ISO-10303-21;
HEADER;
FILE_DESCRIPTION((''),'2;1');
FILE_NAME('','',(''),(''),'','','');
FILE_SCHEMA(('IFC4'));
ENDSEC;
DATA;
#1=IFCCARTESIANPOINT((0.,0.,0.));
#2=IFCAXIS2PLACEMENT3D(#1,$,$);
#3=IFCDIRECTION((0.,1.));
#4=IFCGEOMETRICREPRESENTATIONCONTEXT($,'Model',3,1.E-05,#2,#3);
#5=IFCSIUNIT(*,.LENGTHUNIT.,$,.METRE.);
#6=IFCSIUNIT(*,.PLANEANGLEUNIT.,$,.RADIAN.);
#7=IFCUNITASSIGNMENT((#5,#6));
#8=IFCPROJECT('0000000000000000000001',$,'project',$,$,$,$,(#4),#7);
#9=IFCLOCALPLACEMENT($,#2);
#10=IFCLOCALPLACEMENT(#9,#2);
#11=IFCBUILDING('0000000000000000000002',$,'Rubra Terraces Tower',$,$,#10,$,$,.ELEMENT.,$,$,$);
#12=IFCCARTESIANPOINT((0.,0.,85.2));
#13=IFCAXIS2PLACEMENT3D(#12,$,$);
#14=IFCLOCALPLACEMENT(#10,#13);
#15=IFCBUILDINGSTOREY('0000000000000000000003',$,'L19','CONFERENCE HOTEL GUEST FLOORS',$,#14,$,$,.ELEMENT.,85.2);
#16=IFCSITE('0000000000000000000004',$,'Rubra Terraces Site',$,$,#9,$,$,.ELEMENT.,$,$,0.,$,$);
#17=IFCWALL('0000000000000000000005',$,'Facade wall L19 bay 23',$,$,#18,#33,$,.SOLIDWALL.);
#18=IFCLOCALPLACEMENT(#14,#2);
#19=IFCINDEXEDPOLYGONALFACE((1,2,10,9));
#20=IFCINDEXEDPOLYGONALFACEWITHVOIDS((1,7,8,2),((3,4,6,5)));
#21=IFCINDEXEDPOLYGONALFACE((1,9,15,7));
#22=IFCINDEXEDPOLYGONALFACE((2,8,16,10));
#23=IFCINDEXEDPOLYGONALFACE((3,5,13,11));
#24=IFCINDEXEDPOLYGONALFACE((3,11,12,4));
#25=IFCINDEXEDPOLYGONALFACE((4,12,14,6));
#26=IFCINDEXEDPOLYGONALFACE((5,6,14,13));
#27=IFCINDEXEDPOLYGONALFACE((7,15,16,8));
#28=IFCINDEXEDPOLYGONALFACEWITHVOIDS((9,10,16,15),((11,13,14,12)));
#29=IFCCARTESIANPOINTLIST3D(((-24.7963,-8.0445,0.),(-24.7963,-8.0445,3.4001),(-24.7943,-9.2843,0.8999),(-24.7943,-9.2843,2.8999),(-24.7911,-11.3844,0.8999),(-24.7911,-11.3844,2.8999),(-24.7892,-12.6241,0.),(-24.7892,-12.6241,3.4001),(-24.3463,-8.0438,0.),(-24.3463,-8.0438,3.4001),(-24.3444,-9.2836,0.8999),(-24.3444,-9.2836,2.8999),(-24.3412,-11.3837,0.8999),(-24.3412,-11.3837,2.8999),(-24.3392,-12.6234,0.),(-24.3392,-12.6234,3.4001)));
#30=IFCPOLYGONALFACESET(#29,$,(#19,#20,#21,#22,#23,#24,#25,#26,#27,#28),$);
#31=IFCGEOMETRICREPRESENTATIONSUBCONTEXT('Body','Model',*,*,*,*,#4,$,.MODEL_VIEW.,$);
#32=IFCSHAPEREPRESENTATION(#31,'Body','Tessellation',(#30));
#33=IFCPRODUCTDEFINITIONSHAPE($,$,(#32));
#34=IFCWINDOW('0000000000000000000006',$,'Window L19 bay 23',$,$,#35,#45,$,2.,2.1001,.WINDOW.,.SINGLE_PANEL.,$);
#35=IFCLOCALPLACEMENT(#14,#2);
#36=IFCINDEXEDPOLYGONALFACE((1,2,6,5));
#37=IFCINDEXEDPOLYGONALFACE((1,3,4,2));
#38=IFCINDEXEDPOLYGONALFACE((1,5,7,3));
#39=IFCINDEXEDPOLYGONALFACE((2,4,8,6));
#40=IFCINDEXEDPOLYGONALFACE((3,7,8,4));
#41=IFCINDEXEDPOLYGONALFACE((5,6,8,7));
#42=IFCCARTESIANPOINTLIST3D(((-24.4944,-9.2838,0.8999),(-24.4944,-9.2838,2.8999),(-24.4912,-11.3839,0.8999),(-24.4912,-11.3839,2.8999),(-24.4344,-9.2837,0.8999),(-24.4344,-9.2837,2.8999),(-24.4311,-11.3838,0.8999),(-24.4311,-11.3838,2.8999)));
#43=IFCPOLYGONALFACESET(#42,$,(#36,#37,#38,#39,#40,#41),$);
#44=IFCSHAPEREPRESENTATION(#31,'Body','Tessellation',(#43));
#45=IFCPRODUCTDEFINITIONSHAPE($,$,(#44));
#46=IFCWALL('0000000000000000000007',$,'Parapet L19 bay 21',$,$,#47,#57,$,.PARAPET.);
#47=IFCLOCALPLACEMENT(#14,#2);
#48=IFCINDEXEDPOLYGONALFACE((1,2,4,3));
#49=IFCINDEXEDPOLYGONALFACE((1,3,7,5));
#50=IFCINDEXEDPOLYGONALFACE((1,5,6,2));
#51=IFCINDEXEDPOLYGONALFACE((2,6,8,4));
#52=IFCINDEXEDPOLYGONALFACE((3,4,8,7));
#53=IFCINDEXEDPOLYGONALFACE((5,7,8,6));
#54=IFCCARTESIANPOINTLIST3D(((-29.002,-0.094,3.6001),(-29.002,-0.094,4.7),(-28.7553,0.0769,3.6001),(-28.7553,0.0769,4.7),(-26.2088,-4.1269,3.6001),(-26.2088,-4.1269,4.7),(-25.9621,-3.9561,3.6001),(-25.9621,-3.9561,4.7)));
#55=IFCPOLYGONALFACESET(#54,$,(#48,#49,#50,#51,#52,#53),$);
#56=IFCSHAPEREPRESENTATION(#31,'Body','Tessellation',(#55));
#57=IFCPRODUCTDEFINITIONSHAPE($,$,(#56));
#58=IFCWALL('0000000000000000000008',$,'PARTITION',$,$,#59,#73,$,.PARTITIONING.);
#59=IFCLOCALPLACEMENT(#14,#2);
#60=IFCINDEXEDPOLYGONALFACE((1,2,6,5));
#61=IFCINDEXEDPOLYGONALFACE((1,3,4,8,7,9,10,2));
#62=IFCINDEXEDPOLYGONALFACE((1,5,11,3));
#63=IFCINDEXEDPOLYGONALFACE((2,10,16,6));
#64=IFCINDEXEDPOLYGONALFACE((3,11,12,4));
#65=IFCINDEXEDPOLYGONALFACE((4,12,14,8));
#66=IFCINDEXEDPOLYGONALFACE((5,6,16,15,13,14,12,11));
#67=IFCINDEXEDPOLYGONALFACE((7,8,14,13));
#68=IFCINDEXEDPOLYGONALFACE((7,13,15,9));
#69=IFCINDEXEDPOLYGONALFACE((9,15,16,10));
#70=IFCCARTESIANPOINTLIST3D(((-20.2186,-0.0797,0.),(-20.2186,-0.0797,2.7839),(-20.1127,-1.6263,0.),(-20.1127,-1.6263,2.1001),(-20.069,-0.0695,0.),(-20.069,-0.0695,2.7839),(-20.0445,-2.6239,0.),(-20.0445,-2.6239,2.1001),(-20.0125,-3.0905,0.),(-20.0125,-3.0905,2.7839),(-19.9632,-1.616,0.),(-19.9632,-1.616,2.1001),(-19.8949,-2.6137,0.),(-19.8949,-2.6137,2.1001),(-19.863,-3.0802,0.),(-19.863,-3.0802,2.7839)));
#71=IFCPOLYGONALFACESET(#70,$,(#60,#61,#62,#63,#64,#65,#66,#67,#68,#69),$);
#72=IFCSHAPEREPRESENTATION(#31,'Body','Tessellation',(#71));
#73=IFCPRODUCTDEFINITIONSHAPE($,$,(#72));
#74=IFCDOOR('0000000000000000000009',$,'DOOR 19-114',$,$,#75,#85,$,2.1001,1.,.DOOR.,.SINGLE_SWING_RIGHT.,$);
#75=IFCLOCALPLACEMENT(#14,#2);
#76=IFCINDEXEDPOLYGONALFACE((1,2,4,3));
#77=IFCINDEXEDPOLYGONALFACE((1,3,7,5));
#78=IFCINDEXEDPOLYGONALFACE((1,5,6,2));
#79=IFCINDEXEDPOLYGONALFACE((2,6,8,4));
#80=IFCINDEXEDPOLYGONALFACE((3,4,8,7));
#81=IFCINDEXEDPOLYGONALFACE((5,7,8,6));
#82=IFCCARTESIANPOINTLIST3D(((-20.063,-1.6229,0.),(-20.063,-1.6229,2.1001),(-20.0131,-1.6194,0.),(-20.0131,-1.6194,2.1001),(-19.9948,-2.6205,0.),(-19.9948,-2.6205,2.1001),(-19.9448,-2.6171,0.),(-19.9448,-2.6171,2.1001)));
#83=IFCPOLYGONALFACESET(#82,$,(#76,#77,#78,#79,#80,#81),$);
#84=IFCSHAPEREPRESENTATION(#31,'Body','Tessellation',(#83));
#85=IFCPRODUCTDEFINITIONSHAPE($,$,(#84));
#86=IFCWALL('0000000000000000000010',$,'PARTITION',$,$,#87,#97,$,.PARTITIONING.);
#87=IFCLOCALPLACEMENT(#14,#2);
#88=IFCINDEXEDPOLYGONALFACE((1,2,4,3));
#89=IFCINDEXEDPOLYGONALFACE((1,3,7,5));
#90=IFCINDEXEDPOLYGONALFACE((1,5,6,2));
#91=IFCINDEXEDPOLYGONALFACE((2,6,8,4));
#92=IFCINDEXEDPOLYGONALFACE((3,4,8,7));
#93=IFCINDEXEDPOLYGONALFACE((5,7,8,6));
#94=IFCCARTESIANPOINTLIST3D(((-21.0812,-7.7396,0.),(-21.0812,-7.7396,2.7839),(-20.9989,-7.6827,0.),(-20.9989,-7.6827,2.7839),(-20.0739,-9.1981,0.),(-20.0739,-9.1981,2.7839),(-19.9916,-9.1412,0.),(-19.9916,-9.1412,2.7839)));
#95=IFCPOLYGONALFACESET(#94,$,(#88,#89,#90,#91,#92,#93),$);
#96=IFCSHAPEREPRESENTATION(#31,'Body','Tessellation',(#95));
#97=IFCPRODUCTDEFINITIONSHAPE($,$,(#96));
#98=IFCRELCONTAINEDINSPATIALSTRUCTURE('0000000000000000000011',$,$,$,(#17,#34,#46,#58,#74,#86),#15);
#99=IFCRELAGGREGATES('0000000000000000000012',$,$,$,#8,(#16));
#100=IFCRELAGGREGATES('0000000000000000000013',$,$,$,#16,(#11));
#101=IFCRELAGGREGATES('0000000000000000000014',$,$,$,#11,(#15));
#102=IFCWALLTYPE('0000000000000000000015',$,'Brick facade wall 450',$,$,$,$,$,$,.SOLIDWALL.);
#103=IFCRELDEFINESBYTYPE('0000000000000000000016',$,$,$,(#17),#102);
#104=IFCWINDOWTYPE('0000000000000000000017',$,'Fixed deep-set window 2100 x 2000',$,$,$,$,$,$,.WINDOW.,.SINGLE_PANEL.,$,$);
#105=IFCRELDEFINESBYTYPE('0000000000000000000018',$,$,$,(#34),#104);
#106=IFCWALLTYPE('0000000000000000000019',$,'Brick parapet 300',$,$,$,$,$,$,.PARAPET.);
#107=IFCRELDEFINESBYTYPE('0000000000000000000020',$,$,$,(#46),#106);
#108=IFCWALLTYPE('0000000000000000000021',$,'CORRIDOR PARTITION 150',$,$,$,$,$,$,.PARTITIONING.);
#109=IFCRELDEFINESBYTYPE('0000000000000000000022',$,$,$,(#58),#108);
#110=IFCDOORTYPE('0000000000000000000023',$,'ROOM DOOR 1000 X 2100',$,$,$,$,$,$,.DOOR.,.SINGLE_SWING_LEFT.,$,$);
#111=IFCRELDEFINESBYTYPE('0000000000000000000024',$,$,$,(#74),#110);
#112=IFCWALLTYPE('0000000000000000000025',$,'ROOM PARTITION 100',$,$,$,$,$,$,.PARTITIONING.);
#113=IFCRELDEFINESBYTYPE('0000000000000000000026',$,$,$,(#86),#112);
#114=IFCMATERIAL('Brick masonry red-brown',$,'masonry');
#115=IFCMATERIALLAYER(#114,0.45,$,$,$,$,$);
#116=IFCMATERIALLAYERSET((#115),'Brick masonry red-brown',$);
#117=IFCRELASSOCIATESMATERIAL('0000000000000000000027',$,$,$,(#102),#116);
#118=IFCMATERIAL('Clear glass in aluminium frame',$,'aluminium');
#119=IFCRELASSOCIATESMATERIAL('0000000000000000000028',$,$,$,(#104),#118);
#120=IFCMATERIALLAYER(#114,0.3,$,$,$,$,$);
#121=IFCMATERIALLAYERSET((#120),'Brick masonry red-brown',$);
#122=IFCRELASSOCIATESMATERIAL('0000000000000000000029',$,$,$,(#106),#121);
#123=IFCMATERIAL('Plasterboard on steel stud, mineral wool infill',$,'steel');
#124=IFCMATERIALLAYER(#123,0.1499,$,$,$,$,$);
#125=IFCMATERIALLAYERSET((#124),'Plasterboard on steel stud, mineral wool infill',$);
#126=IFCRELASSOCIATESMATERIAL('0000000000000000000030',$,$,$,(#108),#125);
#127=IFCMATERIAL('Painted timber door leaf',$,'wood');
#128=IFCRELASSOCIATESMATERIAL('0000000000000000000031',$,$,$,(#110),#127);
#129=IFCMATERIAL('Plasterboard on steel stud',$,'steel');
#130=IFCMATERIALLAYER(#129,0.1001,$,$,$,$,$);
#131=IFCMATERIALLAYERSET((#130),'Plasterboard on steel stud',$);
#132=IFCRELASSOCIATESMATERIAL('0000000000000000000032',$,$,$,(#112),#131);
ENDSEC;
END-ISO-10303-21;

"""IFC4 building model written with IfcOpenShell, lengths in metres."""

from ifc_helpers import new_model, si_unit, direction, frame, frame_2d, origin, place, context, subcontext, project, spatial, rectangle, extrude, material, layer, layer_set, type_object, element, fill, save


model = new_model("IFC4")

# Units and contexts
model_context = context("Model", 3, precision=1e-05, world=origin(), true_north=direction((0.0, 1.0)))
body_context = subcontext(model_context, "Body", "Model", "MODEL_VIEW")
ifc_project = project(units=[si_unit("LENGTHUNIT", "METRE"), si_unit("PLANEANGLEUNIT", "RADIAN")], contexts=[model_context])

# Site, building, storey
site_placement = place(None, origin())
site = spatial("IfcSite", under=ifc_project, at=site_placement, Name="Rubra Terraces Site", CompositionType="ELEMENT", RefElevation=0.0)
building_placement = place(site_placement, origin())
building = spatial("IfcBuilding", under=site, at=building_placement, Name="Rubra Terraces Tower", CompositionType="ELEMENT")
storey_placement = place(building_placement, frame((0.0, 0.0, 85.2)))
storey = spatial("IfcBuildingStorey", under=building, at=storey_placement, Name="L19", Description="CONFERENCE HOTEL GUEST FLOORS", CompositionType="ELEMENT", Elevation=85.2)

# Wall, opening, window
ifc_material_1 = material(Name="Brick masonry red-brown", Category="masonry")
ifc_layer_1 = layer(ifc_material_1, 0.45)
ifc_layer_set_1 = layer_set([ifc_layer_1], Name="Brick masonry red-brown")
wall_type_1 = type_object("IfcWallType", Name="Brick facade wall 450", PredefinedType="SOLIDWALL", material=ifc_layer_set_1)
ifc_material_2 = material(Name="Clear glass in aluminium frame", Category="aluminium")
wall_1_placement = place(storey_placement, frame((-24.5713, -8.0442, 0.0), z_axis=(0.0, 0.0, 1.0), x_axis=(0.001546, -0.999999, 0.0)))
wall_1 = element("IfcWall", 1, at=wall_1_placement, inside=storey, type_object=wall_type_1, Name="Facade wall L19 bay 23", PredefinedType="SOLIDWALL", context=body_context, shape_type="SweptSolid", body=[
    extrude(rectangle(XDim=4.5796, YDim=0.45, at=frame_2d((2.2898, 0.0))), origin(), (0.0, 0.0, 1.0), 3.4001),
])
opening_1_placement = place(wall_1_placement, frame((1.2397, 0.0, 0.8999)))
opening_1 = element("IfcOpeningElement", 2, at=opening_1_placement, cuts=wall_1, PredefinedType="OPENING", context=body_context, shape_type="SweptSolid", body=[
    extrude(rectangle(XDim=2.1001, YDim=2.0, at=frame_2d((1.05, 1.0))), frame((0.0, 0.2349, 0.0), z_axis=(0.0, -1.0, 0.0), x_axis=(1.0, 0.0, 0.0)), (0.0, 0.0, 1.0), 0.47),
])
window_type_1 = type_object("IfcWindowType", Name="Fixed deep-set window 2100 x 2000", PartitioningType="SINGLE_PANEL", PredefinedType="WINDOW", material=ifc_material_2)
window_1_placement = place(opening_1_placement, origin())
window_1 = element("IfcWindow", 3, at=window_1_placement, inside=storey, type_object=window_type_1, Name="Window L19 bay 23", OverallHeight=2.0, OverallWidth=2.1001, PartitioningType="SINGLE_PANEL", PredefinedType="WINDOW", context=body_context, shape_type="SweptSolid", body=[
    extrude(rectangle(XDim=2.1001, YDim=2.0, at=frame_2d((1.05, 1.0))), frame((0.0, 0.135, 0.0), z_axis=(0.0, -1.0, 0.0), x_axis=(1.0, 0.0, 0.0)), (0.0, 0.0, 1.0), 0.0601),
])
fill(opening_1, window_1)

# Wall
ifc_layer_2 = layer(ifc_material_1, 0.3)
ifc_layer_set_2 = layer_set([ifc_layer_2], Name="Brick masonry red-brown")
wall_type_2 = type_object("IfcWallType", Name="Brick parapet 300", PredefinedType="PARAPET", material=ifc_layer_set_2)
wall_2_placement = place(storey_placement, frame((-28.8787, -0.0085, 3.6001), z_axis=(0.0, 0.0, 1.0), x_axis=(0.56937, -0.822081, 0.0)))
element("IfcWall", 4, at=wall_2_placement, inside=storey, type_object=wall_type_2, Name="Parapet L19 bay 21", PredefinedType="PARAPET", context=body_context, shape_type="SweptSolid", body=[
    extrude(rectangle(XDim=4.9058, YDim=0.3, at=frame_2d((2.4529, 0.0))), origin(), (0.0, 0.0, 1.0), 1.0999),
])

# Wall, opening, door
ifc_material_3 = material(Name="Plasterboard on steel stud, mineral wool infill", Category="steel")
ifc_layer_3 = layer(ifc_material_3, 0.1499)
ifc_layer_set_3 = layer_set([ifc_layer_3], Name="Plasterboard on steel stud, mineral wool infill")
wall_type_3 = type_object("IfcWallType", Name="CORRIDOR PARTITION 150", PredefinedType="PARTITIONING", material=ifc_layer_set_3)
wall_3_placement = place(storey_placement, frame((-20.1438, -0.0747, 0.0), z_axis=(0.0, 0.0, 1.0), x_axis=(0.06828, -0.997666, 0.0)))
wall_3 = element("IfcWall", 5, at=wall_3_placement, inside=storey, type_object=wall_type_3, Name="PARTITION", PredefinedType="PARTITIONING", context=body_context, shape_type="SweptSolid", body=[
    extrude(rectangle(XDim=3.0178, YDim=0.1499, at=frame_2d((1.5088, 0.0))), origin(), (0.0, 0.0, 1.0), 2.7839),
])
opening_2_placement = place(wall_3_placement, frame((1.55, 0.0, 0.0)))
opening_2 = element("IfcOpeningElement", 6, at=opening_2_placement, cuts=wall_3, PredefinedType="OPENING", context=body_context, shape_type="SweptSolid", body=[
    extrude(rectangle(XDim=1.0, YDim=2.1001, at=frame_2d((0.5, 1.05))), frame((0.0, 0.085, 0.0), z_axis=(0.0, -1.0, 0.0), x_axis=(1.0, 0.0, 0.0)), (0.0, 0.0, 1.0), 0.1699),
])
ifc_material_4 = material(Name="Painted timber door leaf", Category="wood")
door_type = type_object("IfcDoorType", Name="ROOM DOOR 1000 X 2100", OperationType="SINGLE_SWING_LEFT", PredefinedType="DOOR", material=ifc_material_4)
door_placement = place(opening_2_placement, origin())
door = element("IfcDoor", 7, at=door_placement, inside=storey, type_object=door_type, Name="DOOR 19-114", OperationType="SINGLE_SWING_RIGHT", OverallHeight=2.1001, OverallWidth=1.0, PredefinedType="DOOR", context=body_context, shape_type="SweptSolid", body=[
    extrude(rectangle(XDim=1.0, YDim=2.1001, at=frame_2d((0.5, 1.05))), frame((0.0, 0.0249, 0.0), z_axis=(0.0, -1.0, 0.0), x_axis=(1.0, 0.0, 0.0)), (0.0, 0.0, 1.0), 0.05),
])
fill(opening_2, door)

# Wall
ifc_material_5 = material(Name="Plasterboard on steel stud", Category="steel")
ifc_layer_4 = layer(ifc_material_5, 0.1001)
ifc_layer_set_4 = layer_set([ifc_layer_4], Name="Plasterboard on steel stud")
wall_type_4 = type_object("IfcWallType", Name="ROOM PARTITION 100", PredefinedType="PARTITIONING", material=ifc_layer_set_4)
wall_4_placement = place(storey_placement, frame((-21.04, -7.7112, 0.0), z_axis=(0.0, 0.0, 1.0), x_axis=(0.568293, -0.822826, 0.0)))
element("IfcWall", 8, at=wall_4_placement, inside=storey, type_object=wall_type_4, Name="PARTITION", PredefinedType="PARTITIONING", context=body_context, shape_type="SweptSolid", body=[
    extrude(rectangle(XDim=1.7725, YDim=0.1001, at=frame_2d((0.8862, 0.0))), origin(), (0.0, 0.0, 1.0), 2.7839),
])

save(model, "model.ifc")
